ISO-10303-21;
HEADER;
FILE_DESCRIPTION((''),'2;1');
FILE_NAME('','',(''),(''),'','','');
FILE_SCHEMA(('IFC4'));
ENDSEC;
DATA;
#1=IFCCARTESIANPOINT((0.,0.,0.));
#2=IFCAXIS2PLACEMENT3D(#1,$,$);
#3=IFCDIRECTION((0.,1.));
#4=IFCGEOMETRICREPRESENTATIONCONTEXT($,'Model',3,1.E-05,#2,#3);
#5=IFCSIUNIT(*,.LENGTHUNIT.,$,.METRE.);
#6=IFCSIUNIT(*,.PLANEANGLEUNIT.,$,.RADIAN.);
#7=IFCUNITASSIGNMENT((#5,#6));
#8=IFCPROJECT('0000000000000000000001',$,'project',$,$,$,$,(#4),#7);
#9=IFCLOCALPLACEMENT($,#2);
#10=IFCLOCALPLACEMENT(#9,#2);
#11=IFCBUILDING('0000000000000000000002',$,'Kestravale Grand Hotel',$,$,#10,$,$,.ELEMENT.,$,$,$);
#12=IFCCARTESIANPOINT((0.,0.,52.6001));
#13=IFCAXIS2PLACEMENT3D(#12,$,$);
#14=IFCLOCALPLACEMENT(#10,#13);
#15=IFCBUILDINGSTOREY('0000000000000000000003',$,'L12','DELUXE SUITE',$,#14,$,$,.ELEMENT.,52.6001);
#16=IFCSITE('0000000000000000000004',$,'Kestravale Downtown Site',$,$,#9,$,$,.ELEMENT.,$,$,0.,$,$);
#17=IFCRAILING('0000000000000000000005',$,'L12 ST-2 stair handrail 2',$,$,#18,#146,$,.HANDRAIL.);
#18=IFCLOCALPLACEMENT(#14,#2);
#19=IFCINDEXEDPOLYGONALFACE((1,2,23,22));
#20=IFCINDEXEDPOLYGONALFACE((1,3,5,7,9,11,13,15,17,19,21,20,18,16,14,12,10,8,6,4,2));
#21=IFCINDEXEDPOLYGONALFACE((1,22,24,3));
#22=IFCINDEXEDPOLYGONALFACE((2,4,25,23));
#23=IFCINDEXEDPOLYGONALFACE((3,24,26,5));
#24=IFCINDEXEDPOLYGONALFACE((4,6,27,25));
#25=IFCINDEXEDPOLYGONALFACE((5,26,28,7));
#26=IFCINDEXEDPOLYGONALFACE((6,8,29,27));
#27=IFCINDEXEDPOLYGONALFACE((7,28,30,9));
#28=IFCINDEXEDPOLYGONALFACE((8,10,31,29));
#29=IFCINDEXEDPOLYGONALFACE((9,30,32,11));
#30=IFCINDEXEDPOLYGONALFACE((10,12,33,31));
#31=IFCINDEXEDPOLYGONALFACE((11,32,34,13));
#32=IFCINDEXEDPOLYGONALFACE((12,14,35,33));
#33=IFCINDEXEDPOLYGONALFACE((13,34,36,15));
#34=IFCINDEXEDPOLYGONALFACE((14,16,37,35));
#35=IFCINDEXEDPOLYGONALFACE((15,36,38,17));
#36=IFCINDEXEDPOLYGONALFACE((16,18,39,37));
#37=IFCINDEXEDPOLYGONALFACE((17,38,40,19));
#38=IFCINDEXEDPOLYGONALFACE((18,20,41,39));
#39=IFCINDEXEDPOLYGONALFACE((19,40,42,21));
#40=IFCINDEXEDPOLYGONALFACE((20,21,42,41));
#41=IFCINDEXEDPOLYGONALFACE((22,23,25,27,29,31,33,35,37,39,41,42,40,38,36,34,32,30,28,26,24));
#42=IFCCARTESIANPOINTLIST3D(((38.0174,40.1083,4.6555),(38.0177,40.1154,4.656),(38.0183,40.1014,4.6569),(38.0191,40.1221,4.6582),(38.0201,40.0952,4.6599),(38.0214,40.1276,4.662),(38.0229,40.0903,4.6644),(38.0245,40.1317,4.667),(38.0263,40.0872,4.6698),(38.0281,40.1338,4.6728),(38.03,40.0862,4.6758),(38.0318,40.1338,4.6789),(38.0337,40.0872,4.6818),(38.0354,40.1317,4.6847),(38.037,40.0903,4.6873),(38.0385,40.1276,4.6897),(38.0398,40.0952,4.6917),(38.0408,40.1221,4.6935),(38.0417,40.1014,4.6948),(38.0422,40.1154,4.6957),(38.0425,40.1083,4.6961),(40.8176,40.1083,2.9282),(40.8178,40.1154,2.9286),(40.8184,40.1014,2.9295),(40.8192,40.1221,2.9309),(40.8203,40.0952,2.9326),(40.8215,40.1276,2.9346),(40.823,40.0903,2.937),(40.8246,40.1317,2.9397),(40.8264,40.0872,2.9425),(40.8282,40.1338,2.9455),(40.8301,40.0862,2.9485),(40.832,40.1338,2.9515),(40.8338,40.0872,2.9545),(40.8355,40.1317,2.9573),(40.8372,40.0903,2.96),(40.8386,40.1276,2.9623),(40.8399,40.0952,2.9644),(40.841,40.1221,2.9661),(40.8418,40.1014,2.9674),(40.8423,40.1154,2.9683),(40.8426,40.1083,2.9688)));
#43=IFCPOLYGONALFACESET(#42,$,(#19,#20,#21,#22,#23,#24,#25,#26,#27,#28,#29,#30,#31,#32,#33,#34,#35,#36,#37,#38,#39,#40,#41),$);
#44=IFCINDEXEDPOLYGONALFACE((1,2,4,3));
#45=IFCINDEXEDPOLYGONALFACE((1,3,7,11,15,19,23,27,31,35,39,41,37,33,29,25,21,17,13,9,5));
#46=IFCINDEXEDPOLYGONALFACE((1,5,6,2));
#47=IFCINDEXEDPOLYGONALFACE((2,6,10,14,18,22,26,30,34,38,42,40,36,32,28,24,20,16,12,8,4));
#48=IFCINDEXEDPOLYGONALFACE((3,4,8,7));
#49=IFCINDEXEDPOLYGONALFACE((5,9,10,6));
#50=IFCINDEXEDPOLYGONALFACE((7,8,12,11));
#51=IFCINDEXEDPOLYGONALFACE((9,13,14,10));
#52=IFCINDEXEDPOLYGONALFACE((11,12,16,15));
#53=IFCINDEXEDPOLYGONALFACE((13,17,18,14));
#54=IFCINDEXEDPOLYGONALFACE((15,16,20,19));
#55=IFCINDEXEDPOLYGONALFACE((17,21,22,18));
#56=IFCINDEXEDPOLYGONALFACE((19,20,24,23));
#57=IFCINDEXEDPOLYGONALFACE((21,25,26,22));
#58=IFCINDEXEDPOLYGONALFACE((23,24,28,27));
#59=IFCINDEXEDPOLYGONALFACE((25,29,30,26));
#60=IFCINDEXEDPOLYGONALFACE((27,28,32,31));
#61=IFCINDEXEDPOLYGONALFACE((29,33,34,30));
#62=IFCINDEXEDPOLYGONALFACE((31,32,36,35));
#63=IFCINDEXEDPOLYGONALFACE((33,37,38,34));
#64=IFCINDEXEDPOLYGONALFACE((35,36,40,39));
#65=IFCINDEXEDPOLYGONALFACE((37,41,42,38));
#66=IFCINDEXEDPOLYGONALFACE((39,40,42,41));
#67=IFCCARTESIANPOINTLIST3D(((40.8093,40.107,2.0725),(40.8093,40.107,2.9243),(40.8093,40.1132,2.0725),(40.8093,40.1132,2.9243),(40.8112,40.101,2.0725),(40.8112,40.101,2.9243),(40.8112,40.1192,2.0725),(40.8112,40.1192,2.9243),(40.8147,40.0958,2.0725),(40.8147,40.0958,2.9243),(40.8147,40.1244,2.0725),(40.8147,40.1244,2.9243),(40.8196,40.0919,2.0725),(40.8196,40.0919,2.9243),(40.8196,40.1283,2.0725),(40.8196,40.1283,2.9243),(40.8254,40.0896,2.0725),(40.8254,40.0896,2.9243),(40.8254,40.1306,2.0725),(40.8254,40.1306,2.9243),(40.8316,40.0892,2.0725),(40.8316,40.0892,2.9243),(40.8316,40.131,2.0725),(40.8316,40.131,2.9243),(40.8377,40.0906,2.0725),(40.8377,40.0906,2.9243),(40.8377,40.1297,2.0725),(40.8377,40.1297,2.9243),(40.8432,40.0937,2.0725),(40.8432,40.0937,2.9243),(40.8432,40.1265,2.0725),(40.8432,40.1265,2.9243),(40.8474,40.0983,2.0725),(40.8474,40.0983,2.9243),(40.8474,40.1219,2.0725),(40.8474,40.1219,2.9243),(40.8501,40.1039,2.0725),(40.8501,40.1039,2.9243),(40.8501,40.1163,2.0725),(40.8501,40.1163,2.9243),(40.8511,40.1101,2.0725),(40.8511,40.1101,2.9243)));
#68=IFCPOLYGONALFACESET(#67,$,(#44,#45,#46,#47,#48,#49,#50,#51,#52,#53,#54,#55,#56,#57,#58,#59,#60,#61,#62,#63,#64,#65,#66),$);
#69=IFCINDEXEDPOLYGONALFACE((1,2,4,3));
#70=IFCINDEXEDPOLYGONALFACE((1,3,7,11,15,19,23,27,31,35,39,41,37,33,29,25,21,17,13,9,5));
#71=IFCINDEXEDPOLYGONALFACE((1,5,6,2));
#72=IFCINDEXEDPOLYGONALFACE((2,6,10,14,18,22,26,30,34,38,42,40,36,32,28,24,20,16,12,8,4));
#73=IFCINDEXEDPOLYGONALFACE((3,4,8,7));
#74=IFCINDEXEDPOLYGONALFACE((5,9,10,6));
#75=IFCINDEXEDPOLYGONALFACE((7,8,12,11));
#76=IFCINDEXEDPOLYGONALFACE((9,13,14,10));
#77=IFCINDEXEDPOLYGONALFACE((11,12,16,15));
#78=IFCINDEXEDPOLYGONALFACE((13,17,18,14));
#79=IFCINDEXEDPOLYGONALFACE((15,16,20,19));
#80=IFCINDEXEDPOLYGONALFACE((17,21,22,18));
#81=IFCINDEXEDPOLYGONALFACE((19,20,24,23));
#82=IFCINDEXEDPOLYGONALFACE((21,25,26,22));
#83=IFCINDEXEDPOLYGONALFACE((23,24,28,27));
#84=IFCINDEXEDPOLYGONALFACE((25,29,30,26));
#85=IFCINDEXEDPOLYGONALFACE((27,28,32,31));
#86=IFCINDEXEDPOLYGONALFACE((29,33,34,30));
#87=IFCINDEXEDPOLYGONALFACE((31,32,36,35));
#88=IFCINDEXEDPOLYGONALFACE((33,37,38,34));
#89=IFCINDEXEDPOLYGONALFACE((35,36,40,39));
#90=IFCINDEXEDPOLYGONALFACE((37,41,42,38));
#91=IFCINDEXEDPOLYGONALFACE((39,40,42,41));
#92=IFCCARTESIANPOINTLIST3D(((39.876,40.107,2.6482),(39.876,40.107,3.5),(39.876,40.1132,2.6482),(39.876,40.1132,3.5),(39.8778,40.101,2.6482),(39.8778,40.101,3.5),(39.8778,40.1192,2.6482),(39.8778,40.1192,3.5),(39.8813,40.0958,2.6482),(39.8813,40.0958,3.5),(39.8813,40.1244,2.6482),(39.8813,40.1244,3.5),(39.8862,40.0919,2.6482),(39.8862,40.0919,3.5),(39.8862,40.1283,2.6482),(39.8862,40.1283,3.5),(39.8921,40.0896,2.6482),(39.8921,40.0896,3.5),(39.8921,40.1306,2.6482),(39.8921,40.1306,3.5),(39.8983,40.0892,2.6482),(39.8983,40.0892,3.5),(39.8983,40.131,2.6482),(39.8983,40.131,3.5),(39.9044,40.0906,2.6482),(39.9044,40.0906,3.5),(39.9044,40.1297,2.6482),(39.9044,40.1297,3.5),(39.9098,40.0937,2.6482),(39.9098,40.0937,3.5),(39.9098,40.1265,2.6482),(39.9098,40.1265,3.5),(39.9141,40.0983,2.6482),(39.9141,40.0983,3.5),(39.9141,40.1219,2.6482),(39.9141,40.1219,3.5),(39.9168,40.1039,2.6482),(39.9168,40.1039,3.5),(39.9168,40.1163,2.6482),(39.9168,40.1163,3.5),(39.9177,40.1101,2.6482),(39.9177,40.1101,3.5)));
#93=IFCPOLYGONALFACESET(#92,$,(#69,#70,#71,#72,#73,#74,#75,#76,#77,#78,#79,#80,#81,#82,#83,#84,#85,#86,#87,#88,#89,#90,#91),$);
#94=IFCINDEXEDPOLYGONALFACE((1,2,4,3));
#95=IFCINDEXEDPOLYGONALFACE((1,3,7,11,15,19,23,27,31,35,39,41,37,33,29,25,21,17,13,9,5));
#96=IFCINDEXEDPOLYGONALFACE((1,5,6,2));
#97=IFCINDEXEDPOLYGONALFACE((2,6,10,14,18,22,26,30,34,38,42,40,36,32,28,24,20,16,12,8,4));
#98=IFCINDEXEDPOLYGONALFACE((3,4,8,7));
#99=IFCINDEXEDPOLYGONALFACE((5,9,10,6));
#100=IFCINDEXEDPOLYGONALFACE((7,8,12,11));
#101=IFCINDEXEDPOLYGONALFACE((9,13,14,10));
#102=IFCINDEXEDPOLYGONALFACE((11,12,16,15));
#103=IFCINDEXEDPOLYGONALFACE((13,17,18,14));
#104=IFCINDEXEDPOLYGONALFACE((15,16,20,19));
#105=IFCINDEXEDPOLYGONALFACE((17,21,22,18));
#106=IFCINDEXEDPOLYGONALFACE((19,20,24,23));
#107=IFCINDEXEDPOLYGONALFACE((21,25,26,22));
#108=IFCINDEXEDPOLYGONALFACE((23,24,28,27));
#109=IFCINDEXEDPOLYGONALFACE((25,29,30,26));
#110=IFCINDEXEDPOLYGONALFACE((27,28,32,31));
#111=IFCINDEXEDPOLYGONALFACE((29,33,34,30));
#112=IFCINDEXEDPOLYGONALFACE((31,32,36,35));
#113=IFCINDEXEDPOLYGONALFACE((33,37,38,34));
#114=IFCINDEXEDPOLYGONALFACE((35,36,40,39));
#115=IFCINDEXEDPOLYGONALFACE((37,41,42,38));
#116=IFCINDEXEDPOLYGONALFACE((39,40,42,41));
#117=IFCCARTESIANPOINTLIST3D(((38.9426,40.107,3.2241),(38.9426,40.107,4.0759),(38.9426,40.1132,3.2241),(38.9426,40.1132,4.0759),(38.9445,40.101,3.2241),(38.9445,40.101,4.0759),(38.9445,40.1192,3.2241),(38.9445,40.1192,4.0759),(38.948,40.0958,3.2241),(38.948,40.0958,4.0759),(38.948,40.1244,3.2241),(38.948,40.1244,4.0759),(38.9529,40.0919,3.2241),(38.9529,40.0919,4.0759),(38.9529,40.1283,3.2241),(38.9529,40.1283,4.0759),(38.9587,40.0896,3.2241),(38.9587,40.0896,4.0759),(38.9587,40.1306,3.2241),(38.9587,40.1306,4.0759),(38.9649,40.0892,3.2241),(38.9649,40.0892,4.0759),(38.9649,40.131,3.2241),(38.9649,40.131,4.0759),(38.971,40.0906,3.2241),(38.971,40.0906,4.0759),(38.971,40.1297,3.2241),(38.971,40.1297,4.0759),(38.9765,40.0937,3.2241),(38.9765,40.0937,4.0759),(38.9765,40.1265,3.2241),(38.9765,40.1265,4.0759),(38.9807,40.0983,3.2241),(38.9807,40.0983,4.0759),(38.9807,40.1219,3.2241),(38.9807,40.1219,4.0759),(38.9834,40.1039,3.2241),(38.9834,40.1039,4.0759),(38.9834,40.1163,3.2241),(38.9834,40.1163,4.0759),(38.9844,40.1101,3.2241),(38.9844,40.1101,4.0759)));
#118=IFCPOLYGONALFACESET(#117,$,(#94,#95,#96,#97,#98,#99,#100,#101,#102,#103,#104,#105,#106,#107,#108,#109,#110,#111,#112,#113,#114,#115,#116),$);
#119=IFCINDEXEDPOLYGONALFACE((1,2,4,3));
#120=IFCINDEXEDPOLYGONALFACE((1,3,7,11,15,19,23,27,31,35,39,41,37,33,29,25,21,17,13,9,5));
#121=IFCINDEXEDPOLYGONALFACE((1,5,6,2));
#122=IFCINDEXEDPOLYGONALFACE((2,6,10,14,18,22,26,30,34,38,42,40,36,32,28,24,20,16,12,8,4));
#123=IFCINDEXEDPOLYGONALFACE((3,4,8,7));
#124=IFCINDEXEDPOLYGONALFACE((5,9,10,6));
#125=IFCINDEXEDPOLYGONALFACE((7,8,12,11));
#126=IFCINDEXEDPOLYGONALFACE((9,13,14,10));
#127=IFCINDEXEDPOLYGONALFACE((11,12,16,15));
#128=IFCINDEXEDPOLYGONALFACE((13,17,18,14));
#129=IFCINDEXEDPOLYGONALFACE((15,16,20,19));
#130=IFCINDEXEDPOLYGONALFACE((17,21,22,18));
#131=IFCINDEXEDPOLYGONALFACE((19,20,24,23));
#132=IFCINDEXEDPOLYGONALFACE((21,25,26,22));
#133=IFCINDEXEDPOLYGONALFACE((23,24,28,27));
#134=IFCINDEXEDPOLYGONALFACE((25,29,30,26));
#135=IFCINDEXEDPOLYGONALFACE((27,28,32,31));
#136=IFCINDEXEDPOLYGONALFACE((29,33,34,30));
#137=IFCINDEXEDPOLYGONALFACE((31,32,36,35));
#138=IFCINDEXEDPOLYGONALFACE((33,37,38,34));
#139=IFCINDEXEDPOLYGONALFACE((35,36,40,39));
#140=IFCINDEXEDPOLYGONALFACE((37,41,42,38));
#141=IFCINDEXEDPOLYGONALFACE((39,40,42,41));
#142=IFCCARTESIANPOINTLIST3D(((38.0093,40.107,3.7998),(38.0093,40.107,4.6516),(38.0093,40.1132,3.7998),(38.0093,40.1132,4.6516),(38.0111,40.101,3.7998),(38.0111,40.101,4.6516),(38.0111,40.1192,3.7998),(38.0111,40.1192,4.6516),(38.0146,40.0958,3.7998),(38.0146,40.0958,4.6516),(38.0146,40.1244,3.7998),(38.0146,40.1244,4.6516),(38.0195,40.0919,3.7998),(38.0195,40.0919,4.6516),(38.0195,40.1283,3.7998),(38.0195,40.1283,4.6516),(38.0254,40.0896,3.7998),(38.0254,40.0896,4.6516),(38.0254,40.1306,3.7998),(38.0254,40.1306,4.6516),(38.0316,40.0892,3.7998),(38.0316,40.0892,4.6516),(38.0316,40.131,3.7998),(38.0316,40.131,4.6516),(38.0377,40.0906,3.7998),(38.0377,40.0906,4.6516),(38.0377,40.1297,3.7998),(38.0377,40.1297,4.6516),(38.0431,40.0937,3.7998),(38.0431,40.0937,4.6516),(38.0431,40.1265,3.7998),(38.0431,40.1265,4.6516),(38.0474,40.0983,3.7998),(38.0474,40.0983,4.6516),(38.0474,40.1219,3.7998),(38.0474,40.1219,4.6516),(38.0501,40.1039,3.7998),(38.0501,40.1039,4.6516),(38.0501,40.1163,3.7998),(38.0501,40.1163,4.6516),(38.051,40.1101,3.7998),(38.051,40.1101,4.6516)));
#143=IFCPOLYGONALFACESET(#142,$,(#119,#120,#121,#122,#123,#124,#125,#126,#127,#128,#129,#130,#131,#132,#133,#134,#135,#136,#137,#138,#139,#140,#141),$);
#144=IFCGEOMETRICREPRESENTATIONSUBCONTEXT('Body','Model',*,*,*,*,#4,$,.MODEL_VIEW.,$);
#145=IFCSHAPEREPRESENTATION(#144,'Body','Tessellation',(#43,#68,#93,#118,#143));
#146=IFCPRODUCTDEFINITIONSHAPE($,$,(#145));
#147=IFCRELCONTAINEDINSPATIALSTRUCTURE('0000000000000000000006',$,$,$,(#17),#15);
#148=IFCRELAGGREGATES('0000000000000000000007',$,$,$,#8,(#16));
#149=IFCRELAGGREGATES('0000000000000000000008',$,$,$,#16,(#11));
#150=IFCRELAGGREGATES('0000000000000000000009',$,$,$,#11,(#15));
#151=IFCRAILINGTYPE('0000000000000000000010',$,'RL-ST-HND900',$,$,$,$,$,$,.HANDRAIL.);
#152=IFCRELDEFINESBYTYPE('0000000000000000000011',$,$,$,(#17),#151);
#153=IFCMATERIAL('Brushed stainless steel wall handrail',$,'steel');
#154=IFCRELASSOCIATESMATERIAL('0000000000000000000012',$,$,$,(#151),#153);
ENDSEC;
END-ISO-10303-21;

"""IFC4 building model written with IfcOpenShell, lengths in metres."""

from ifc_helpers import new_model, si_unit, direction, frame, origin, origin_2d, place, context, subcontext, project, spatial, circle, extrude, material, type_object, element, save


model = new_model("IFC4")

# Units and contexts
model_context = context("Model", 3, precision=1e-05, world=origin(), true_north=direction((0.0, 1.0)))
body_context = subcontext(model_context, "Body", "Model", "MODEL_VIEW")
ifc_project = project(units=[si_unit("LENGTHUNIT", "METRE"), si_unit("PLANEANGLEUNIT", "RADIAN")], contexts=[model_context])

# Site, building, storey
site_placement = place(None, origin())
site = spatial("IfcSite", under=ifc_project, at=site_placement, Name="Kestravale Downtown Site", CompositionType="ELEMENT", RefElevation=0.0)
building_placement = place(site_placement, origin())
building = spatial("IfcBuilding", under=site, at=building_placement, Name="Kestravale Grand Hotel", CompositionType="ELEMENT")
storey_placement = place(building_placement, frame((0.0, 0.0, 52.6001)))
storey = spatial("IfcBuildingStorey", under=building, at=storey_placement, Name="L12", Description="DELUXE SUITE", CompositionType="ELEMENT", Elevation=52.6001)

# Railing
ifc_material_1 = material(Name="Brushed stainless steel wall handrail", Category="steel")
railing_type_1 = type_object("IfcRailingType", Name="RL-ST-HND900", PredefinedType="HANDRAIL", material=ifc_material_1)
railing_1_placement = place(storey_placement, frame((40.8301, 40.1101, 2.0725)))
element("IfcRailing", 1, at=railing_1_placement, inside=storey, type_object=railing_type_1, Name="L12 ST-2 stair handrail 2", PredefinedType="HANDRAIL", context=body_context, shape_type="SweptSolid", body=[
    extrude(circle(Radius=0.0239, at=origin_2d()), frame((0.0, 0.0, 0.876), z_axis=(-0.85109, 0.0, 0.52502), x_axis=(0.0, -1.0, 0.0)), (0.0, 0.0, 1.0), 3.29),
    extrude(circle(Radius=0.021, at=origin_2d()), origin(), (0.0, 0.0, 1.0), 0.8518),
    extrude(circle(Radius=0.021, at=origin_2d()), frame((-0.9333, 0.0, 0.5757)), (0.0, 0.0, 1.0), 0.8518),
    extrude(circle(Radius=0.021, at=origin_2d()), frame((-1.8667, 0.0, 1.1516)), (0.0, 0.0, 1.0), 0.8518),
    extrude(circle(Radius=0.021, at=origin_2d()), frame((-2.8, 0.0, 1.7273)), (0.0, 0.0, 1.0), 0.8518),
])

save(model, "model.ifc")
